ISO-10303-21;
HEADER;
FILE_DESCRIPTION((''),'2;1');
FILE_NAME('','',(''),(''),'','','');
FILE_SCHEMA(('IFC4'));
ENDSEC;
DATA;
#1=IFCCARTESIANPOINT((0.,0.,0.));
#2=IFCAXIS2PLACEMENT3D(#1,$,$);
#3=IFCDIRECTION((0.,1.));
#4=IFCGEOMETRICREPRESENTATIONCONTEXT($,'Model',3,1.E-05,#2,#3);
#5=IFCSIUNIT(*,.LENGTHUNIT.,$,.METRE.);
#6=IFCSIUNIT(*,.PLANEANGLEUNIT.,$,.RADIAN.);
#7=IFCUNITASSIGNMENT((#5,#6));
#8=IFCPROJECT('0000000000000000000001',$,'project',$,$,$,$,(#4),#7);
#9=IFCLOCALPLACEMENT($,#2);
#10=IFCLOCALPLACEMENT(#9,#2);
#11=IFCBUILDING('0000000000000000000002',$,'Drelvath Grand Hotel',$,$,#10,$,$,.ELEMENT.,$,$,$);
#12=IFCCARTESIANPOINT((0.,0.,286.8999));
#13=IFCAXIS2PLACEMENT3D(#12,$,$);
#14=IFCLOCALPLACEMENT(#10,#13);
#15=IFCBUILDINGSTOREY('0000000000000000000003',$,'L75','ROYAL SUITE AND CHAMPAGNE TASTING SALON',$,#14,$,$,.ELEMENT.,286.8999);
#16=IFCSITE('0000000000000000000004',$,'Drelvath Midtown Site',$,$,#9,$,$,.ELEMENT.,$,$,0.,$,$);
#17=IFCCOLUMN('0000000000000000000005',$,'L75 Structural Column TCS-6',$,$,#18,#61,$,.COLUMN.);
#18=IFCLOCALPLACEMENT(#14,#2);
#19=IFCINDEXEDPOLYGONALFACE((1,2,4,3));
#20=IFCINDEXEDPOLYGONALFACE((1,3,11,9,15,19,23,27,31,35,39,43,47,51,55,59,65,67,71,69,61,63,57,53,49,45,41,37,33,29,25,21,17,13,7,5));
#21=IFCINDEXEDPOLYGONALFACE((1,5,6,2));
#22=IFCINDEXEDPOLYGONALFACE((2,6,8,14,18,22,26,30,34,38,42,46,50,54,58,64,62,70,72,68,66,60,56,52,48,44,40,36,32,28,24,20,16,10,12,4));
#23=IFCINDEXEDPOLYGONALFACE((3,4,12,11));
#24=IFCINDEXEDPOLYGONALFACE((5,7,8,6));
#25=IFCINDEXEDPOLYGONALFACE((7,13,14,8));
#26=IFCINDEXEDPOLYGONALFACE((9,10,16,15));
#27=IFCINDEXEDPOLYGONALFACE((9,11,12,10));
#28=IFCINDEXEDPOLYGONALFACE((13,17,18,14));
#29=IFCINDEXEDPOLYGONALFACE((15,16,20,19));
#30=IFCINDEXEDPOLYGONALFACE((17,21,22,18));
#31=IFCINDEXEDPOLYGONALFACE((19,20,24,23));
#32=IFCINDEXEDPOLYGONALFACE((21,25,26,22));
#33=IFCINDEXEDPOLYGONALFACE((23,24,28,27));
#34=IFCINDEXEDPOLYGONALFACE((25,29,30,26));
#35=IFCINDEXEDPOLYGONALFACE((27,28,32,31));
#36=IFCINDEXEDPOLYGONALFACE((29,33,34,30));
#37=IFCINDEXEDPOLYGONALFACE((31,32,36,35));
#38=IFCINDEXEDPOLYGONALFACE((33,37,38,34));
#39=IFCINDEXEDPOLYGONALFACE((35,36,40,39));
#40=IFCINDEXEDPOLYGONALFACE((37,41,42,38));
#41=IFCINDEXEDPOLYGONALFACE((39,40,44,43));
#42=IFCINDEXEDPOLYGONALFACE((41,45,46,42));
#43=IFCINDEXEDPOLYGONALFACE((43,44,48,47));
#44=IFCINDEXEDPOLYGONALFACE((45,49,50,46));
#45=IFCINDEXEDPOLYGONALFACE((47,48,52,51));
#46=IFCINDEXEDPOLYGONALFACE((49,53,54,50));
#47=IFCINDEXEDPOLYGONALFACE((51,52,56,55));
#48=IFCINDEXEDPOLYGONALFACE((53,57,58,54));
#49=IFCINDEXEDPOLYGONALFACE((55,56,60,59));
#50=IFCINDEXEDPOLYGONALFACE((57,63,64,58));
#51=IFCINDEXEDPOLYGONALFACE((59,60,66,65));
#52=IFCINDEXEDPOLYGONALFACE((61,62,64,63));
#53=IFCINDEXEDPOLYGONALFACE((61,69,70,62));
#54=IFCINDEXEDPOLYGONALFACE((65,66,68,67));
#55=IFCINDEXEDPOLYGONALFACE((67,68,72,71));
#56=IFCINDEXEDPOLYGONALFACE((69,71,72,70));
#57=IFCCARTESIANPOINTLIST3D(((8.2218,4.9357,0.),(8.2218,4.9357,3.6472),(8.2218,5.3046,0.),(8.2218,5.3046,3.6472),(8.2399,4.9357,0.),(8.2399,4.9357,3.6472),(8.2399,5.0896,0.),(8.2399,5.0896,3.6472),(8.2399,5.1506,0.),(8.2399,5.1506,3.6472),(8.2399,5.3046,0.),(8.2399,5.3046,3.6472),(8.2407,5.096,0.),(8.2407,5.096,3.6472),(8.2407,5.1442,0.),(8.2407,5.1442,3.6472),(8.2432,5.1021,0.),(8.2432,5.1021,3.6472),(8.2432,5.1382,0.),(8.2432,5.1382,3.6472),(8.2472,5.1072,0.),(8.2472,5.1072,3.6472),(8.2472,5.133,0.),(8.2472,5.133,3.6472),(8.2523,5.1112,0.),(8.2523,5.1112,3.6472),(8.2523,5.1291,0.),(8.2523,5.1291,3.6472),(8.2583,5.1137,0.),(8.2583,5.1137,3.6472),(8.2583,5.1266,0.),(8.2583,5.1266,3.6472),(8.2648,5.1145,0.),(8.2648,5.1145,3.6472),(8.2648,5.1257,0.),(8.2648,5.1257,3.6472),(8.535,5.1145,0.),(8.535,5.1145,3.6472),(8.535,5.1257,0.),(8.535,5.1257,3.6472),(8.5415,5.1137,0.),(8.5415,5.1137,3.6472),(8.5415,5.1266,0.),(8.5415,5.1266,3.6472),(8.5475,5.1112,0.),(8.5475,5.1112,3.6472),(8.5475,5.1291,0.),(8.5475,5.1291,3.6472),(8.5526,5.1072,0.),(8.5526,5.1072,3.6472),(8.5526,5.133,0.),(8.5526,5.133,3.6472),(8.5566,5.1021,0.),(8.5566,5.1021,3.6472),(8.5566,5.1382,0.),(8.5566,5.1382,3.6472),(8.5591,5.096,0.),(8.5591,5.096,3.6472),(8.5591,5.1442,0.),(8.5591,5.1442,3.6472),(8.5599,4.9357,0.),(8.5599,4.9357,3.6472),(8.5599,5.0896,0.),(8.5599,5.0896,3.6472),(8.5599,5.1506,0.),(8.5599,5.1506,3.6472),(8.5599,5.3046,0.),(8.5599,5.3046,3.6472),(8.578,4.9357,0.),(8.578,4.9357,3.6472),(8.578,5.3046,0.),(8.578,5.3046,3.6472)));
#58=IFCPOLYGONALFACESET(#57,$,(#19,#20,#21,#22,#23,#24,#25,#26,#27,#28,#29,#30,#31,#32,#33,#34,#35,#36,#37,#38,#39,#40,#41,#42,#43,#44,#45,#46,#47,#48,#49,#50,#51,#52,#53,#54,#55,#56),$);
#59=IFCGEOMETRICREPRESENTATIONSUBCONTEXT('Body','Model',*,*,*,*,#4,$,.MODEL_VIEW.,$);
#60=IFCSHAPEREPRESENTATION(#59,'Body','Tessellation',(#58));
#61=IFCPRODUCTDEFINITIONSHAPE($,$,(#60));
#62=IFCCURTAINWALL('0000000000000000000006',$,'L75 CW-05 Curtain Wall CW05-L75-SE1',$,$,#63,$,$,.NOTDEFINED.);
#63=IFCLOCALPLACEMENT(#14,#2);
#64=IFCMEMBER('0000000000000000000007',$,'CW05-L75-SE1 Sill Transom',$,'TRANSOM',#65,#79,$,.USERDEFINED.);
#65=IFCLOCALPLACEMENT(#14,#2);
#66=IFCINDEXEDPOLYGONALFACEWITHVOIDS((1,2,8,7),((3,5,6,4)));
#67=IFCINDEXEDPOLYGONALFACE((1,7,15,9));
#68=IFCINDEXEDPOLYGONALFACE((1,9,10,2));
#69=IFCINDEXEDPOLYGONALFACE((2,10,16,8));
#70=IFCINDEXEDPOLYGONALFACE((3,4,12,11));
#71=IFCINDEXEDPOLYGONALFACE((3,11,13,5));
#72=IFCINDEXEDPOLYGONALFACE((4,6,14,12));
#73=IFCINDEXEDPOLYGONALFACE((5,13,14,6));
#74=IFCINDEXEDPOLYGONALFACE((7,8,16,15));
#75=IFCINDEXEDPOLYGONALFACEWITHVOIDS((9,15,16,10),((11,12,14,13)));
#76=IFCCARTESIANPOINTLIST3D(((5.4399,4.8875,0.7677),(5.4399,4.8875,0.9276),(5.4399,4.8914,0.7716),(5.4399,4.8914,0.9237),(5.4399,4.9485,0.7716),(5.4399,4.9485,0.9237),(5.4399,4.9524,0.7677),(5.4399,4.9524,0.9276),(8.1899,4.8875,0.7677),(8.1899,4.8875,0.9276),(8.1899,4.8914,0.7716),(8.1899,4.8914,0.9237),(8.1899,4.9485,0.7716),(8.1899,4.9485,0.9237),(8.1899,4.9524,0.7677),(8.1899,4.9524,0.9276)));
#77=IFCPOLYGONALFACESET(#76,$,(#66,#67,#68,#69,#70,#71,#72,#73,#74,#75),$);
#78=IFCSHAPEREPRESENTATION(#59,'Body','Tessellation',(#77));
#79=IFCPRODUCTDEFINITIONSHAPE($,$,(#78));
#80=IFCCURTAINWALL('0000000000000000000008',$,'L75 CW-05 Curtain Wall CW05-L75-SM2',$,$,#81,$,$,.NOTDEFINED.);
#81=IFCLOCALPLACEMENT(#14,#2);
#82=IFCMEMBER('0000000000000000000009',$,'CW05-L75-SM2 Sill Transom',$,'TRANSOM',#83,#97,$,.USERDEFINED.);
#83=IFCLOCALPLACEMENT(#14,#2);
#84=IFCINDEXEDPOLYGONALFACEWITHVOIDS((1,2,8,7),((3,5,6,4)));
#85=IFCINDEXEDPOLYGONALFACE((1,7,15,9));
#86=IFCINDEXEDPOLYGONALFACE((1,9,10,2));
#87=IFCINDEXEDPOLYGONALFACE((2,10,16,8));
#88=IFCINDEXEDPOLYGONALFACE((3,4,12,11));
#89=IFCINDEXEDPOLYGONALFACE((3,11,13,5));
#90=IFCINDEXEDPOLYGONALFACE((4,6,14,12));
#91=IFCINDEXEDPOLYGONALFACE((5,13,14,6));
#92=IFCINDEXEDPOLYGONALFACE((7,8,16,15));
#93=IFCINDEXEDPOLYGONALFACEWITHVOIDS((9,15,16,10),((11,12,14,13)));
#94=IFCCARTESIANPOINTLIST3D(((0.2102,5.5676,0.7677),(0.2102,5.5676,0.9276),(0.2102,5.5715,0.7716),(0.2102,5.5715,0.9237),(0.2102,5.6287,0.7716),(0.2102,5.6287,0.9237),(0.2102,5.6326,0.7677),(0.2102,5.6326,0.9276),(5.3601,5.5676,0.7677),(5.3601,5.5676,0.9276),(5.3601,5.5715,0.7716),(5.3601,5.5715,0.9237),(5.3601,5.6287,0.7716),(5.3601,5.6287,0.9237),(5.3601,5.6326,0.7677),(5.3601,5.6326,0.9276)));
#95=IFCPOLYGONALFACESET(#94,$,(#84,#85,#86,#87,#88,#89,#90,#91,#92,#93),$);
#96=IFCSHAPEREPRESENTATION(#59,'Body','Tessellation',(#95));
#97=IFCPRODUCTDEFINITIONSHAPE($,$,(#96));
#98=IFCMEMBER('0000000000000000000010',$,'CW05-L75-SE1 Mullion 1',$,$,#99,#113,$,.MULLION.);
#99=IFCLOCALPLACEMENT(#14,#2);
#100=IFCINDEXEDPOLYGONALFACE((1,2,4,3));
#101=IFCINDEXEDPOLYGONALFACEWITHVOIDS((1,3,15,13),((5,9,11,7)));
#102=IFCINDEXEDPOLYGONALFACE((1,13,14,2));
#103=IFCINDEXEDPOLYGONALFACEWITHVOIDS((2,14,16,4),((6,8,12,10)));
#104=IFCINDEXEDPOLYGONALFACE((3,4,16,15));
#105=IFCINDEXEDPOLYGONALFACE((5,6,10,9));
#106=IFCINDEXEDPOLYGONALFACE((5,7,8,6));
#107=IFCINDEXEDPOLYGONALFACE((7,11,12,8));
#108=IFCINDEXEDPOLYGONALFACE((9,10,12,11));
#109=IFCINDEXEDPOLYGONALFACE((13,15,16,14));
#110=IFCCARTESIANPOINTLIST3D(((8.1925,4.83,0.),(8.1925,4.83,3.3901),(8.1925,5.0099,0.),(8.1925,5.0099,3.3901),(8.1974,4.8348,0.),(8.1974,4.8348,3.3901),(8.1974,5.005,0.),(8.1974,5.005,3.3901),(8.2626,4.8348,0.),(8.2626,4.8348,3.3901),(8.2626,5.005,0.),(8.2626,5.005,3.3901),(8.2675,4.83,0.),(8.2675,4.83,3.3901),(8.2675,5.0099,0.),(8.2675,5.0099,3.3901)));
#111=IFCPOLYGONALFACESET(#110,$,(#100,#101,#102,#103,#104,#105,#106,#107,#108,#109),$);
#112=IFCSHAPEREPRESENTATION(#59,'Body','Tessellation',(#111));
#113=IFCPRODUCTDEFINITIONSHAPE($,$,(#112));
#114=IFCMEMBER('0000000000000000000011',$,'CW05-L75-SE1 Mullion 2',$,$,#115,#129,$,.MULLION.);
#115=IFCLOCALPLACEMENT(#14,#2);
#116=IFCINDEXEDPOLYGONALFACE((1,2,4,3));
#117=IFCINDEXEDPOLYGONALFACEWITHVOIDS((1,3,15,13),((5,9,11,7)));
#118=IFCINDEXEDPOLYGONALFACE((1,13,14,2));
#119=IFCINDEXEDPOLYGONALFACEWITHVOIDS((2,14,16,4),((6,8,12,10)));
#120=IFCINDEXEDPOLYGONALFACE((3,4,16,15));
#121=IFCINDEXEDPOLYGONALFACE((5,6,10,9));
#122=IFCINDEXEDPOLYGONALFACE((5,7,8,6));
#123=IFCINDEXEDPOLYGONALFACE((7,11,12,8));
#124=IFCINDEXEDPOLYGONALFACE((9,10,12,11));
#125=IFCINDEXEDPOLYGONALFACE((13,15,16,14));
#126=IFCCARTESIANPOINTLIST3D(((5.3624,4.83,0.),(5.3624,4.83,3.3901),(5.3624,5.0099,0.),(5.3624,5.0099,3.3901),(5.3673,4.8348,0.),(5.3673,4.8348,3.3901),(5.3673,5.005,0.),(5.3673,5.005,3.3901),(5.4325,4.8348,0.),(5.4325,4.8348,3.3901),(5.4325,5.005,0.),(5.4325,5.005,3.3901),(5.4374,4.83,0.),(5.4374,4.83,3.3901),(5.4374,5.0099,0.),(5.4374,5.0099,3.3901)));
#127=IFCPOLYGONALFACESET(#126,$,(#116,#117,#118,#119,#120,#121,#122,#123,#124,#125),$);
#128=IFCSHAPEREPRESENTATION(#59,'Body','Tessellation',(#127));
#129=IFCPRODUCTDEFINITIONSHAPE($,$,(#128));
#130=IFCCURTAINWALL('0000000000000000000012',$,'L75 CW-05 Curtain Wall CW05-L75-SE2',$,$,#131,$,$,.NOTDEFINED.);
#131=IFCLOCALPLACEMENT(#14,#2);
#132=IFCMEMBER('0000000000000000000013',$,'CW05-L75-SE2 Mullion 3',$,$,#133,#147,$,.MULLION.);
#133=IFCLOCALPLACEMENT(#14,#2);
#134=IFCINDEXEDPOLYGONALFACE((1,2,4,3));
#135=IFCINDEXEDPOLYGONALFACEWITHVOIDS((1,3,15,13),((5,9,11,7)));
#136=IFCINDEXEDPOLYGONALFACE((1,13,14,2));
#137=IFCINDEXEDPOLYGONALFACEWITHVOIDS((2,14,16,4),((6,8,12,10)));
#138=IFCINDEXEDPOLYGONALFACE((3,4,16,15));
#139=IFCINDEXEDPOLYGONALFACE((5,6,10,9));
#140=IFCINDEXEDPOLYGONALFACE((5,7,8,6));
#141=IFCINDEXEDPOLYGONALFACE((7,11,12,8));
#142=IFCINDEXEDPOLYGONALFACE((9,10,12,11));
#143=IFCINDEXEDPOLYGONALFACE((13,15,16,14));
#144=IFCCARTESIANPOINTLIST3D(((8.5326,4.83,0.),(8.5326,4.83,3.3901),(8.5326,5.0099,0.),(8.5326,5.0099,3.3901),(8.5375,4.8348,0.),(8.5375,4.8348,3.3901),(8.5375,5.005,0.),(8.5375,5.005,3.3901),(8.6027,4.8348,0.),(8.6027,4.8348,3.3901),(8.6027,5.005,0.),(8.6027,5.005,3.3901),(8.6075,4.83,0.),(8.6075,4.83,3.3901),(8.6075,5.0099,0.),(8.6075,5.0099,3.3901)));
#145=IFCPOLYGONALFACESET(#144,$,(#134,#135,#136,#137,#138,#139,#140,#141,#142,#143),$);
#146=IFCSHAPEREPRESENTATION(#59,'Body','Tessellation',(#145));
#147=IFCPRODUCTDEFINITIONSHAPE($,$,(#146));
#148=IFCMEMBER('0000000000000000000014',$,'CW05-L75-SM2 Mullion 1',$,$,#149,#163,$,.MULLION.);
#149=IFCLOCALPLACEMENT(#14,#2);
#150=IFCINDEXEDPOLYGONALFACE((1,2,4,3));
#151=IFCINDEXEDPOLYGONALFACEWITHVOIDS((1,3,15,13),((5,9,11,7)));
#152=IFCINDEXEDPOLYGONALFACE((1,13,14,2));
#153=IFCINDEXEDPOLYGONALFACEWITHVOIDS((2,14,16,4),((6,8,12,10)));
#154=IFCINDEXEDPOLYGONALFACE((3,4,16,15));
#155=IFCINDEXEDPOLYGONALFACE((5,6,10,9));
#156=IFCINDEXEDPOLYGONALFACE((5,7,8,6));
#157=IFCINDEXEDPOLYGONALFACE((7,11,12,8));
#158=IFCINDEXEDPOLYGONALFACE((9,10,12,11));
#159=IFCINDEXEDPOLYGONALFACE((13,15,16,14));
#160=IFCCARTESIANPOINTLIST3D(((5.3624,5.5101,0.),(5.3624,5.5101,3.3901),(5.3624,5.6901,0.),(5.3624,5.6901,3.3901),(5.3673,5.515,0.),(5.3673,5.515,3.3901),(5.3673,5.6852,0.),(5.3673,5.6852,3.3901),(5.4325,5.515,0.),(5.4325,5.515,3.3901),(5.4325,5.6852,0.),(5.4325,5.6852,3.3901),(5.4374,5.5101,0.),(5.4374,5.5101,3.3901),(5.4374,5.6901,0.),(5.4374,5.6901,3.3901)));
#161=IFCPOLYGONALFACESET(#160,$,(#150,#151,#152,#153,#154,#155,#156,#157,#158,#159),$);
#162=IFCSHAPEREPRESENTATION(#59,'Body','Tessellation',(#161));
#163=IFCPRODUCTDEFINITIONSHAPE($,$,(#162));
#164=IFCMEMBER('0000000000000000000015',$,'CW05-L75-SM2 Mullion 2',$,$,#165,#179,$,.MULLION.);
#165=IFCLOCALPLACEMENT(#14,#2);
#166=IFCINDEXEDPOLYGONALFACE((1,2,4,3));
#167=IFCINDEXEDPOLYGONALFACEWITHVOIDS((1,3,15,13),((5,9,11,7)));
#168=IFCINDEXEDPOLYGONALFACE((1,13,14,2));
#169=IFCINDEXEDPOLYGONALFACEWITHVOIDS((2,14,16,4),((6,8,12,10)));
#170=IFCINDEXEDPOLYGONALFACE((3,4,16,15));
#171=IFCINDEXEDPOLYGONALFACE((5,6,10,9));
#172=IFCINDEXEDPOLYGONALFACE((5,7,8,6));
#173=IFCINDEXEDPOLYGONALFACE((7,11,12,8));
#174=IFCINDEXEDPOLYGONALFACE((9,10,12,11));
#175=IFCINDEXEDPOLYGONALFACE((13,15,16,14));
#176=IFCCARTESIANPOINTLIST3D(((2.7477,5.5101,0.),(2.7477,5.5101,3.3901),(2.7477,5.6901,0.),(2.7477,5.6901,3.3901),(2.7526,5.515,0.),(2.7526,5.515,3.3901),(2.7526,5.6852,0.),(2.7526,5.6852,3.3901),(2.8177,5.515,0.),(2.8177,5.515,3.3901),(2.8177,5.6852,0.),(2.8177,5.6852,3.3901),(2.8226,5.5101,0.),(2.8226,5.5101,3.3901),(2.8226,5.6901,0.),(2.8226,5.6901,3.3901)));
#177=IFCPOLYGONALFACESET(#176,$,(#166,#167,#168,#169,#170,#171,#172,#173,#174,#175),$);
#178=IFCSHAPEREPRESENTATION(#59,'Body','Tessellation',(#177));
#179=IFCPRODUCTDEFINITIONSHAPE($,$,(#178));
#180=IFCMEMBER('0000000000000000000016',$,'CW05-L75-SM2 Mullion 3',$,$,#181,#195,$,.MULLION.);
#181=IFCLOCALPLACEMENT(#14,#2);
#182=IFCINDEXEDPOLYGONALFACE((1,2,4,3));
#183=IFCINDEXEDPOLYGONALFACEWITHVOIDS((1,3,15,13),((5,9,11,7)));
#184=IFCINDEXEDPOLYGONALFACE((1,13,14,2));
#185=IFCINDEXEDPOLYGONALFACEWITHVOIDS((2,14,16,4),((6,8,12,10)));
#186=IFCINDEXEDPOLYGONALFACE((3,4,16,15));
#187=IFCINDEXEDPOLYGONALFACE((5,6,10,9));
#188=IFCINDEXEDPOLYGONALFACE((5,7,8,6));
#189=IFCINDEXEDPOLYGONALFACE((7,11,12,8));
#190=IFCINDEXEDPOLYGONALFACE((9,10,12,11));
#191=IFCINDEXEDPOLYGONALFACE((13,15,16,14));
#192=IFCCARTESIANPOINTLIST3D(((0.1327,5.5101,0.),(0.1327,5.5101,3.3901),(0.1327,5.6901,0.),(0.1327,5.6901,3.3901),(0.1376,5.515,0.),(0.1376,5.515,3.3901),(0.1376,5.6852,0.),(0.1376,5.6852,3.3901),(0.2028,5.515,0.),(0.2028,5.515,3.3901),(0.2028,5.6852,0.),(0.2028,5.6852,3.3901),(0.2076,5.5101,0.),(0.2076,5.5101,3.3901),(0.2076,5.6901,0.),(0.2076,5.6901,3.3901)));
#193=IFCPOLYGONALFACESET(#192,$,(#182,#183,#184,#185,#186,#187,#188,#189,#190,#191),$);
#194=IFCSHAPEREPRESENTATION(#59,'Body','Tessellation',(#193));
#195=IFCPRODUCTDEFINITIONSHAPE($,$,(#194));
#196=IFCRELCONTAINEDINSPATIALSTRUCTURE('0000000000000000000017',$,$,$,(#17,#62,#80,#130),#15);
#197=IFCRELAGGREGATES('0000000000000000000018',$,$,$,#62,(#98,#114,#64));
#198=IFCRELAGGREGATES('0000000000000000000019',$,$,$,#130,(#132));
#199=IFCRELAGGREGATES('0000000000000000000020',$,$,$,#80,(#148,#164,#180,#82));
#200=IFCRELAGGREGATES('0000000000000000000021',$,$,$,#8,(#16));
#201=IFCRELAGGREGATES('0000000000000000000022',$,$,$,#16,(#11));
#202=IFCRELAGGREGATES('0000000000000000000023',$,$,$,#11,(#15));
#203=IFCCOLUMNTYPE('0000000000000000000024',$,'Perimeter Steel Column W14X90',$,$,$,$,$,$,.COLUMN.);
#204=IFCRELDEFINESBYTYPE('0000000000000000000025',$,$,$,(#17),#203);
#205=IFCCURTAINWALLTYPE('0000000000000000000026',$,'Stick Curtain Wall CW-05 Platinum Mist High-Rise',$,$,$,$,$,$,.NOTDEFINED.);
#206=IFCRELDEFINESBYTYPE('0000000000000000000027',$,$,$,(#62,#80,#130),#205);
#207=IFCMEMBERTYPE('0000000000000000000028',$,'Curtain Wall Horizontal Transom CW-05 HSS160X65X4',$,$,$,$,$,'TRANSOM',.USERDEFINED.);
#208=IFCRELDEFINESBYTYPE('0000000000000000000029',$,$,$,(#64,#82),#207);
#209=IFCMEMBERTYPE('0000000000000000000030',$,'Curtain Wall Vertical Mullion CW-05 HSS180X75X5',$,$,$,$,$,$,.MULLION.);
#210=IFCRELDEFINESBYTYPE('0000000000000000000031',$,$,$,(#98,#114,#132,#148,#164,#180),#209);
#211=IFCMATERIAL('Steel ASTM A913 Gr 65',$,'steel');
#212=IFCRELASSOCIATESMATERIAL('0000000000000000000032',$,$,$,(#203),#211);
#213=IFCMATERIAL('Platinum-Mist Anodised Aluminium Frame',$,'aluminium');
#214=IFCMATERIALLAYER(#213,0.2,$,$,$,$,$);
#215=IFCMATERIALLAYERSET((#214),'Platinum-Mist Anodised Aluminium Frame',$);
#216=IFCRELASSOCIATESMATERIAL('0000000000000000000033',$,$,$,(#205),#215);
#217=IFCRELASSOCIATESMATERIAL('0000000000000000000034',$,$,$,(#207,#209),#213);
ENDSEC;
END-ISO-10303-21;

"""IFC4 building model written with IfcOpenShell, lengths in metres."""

from ifc_helpers import new_model, si_unit, direction, frame, origin, origin_2d, place, context, subcontext, project, spatial, hollow_rectangle, i_section, extrude, material, layer, layer_set, material_profile, profile_set, type_object, element, aggregate, save


model = new_model("IFC4")

# Units and contexts
model_context = context("Model", 3, precision=1e-05, world=origin(), true_north=direction((0.0, 1.0)))
body_context = subcontext(model_context, "Body", "Model", "MODEL_VIEW")
ifc_project = project(units=[si_unit("LENGTHUNIT", "METRE"), si_unit("PLANEANGLEUNIT", "RADIAN")], contexts=[model_context])

# Site, building, storey
site_placement = place(None, origin())
site = spatial("IfcSite", under=ifc_project, at=site_placement, Name="Drelvath Midtown Site", CompositionType="ELEMENT", RefElevation=0.0)
building_placement = place(site_placement, origin())
building = spatial("IfcBuilding", under=site, at=building_placement, Name="Drelvath Grand Hotel", CompositionType="ELEMENT")
storey_placement = place(building_placement, frame((0.0, 0.0, 286.8999)))
storey = spatial("IfcBuildingStorey", under=building, at=storey_placement, Name="L75", Description="ROYAL SUITE AND CHAMPAGNE TASTING SALON", CompositionType="ELEMENT", Elevation=286.8999)

# Column
ifc_material_1 = material(Name="Steel ASTM A913 Gr 65", Category="steel")
ifc_material_profile_1 = material_profile(ifc_material_1, i_section(OverallWidth=0.3689, OverallDepth=0.3562, WebThickness=0.0112, FlangeThickness=0.0181, FilletRadius=0.0249, at=origin_2d()), Name="W14X90")
ifc_profile_set_1 = profile_set([ifc_material_profile_1], Name="Steel ASTM A913 Gr 65")
column_type = type_object("IfcColumnType", Name="Perimeter Steel Column W14X90", PredefinedType="COLUMN", material=ifc_profile_set_1)
column_placement = place(storey_placement, frame((8.3999, 5.1201, 0.0), z_axis=(0.0, 0.0, 1.0), x_axis=(0.0, 1.0, 0.0)))
element("IfcColumn", 1, at=column_placement, inside=storey, type_object=column_type, Name="L75 Structural Column TCS-6", PredefinedType="COLUMN", context=body_context, shape_type="SweptSolid", body=[
    extrude(i_section(OverallWidth=0.3689, OverallDepth=0.3562, WebThickness=0.0112, FlangeThickness=0.0181, FilletRadius=0.0249, at=origin_2d()), origin(), (0.0, 0.0, 1.0), 3.6472),
])

# Curtain walls, members
ifc_material_2 = material(Name="Platinum-Mist Anodised Aluminium Frame", Category="aluminium")
ifc_layer_1 = layer(ifc_material_2, 0.2)
ifc_layer_set_1 = layer_set([ifc_layer_1], Name="Platinum-Mist Anodised Aluminium Frame")
curtain_wall_type = type_object("IfcCurtainWallType", Name="Stick Curtain Wall CW-05 Platinum Mist High-Rise", PredefinedType="NOTDEFINED", material=ifc_layer_set_1)
curtain_wall_1_placement = place(storey_placement, origin())
curtain_wall_1 = element("IfcCurtainWall", 2, at=curtain_wall_1_placement, inside=storey, type_object=curtain_wall_type, Name="L75 CW-05 Curtain Wall CW05-L75-SE1", PredefinedType="NOTDEFINED")
ifc_material_profile_2 = material_profile(ifc_material_2, hollow_rectangle(XDim=0.0649, YDim=0.1599, WallThickness=0.0039, at=origin_2d()), Name="HSS160X65X4")
ifc_profile_set_2 = profile_set([ifc_material_profile_2], Name="Platinum-Mist Anodised Aluminium Frame")
member_type_1 = type_object("IfcMemberType", Name="Curtain Wall Horizontal Transom CW-05 HSS160X65X4", ElementType="TRANSOM", PredefinedType="USERDEFINED", material=ifc_profile_set_2)
member_1_placement = place(storey_placement, frame((8.1899, 4.9199, 0.8477), z_axis=(-1.0, 0.0, 0.0), x_axis=(0.0, -1.0, 0.0)))
member_1 = element("IfcMember", 3, at=member_1_placement, type_object=member_type_1, Name="CW05-L75-SE1 Sill Transom", ObjectType="TRANSOM", PredefinedType="USERDEFINED", context=body_context, shape_type="SweptSolid", body=[
    extrude(hollow_rectangle(XDim=0.0649, YDim=0.1599, WallThickness=0.0039, at=origin_2d()), origin(), (0.0, 0.0, 1.0), 2.75),
])
curtain_wall_2_placement = place(storey_placement, origin())
curtain_wall_2 = element("IfcCurtainWall", 4, at=curtain_wall_2_placement, inside=storey, type_object=curtain_wall_type, Name="L75 CW-05 Curtain Wall CW05-L75-SM2", PredefinedType="NOTDEFINED")
member_2_placement = place(storey_placement, frame((5.3601, 5.6001, 0.8477), z_axis=(-1.0, 0.0, 0.0), x_axis=(0.0, -1.0, 0.0)))
member_2 = element("IfcMember", 5, at=member_2_placement, type_object=member_type_1, Name="CW05-L75-SM2 Sill Transom", ObjectType="TRANSOM", PredefinedType="USERDEFINED", context=body_context, shape_type="SweptSolid", body=[
    extrude(hollow_rectangle(XDim=0.0649, YDim=0.1599, WallThickness=0.0039, at=origin_2d()), origin(), (0.0, 0.0, 1.0), 5.1499),
])

# Members
ifc_material_profile_3 = material_profile(ifc_material_2, hollow_rectangle(XDim=0.075, YDim=0.1799, WallThickness=0.0049, at=origin_2d()), Name="HSS180X75X5")
ifc_profile_set_3 = profile_set([ifc_material_profile_3], Name="Platinum-Mist Anodised Aluminium Frame")
member_type_2 = type_object("IfcMemberType", Name="Curtain Wall Vertical Mullion CW-05 HSS180X75X5", PredefinedType="MULLION", material=ifc_profile_set_3)
member_3_placement = place(storey_placement, frame((8.23, 4.9199, 0.0), z_axis=(0.0, 0.0, 1.0), x_axis=(1.0, 0.0, 0.0)))
member_3 = element("IfcMember", 6, at=member_3_placement, type_object=member_type_2, Name="CW05-L75-SE1 Mullion 1", PredefinedType="MULLION", context=body_context, shape_type="SweptSolid", body=[
    extrude(hollow_rectangle(XDim=0.075, YDim=0.1799, WallThickness=0.0049, at=origin_2d()), origin(), (0.0, 0.0, 1.0), 3.3901),
])
member_4_placement = place(storey_placement, frame((5.3999, 4.9199, 0.0), z_axis=(0.0, 0.0, 1.0), x_axis=(1.0, 0.0, 0.0)))
member_4 = element("IfcMember", 7, at=member_4_placement, type_object=member_type_2, Name="CW05-L75-SE1 Mullion 2", PredefinedType="MULLION", context=body_context, shape_type="SweptSolid", body=[
    extrude(hollow_rectangle(XDim=0.075, YDim=0.1799, WallThickness=0.0049, at=origin_2d()), origin(), (0.0, 0.0, 1.0), 3.3901),
])

# Curtain wall, member
curtain_wall_3_placement = place(storey_placement, origin())
curtain_wall_3 = element("IfcCurtainWall", 8, at=curtain_wall_3_placement, inside=storey, type_object=curtain_wall_type, Name="L75 CW-05 Curtain Wall CW05-L75-SE2", PredefinedType="NOTDEFINED")
member_5_placement = place(storey_placement, frame((8.5701, 4.9199, 0.0), z_axis=(0.0, 0.0, 1.0), x_axis=(1.0, 0.0, 0.0)))
member_5 = element("IfcMember", 9, at=member_5_placement, type_object=member_type_2, Name="CW05-L75-SE2 Mullion 3", PredefinedType="MULLION", context=body_context, shape_type="SweptSolid", body=[
    extrude(hollow_rectangle(XDim=0.075, YDim=0.1799, WallThickness=0.0049, at=origin_2d()), origin(), (0.0, 0.0, 1.0), 3.3901),
])

# Members
member_6_placement = place(storey_placement, frame((5.3999, 5.6001, 0.0), z_axis=(0.0, 0.0, 1.0), x_axis=(1.0, 0.0, 0.0)))
member_6 = element("IfcMember", 10, at=member_6_placement, type_object=member_type_2, Name="CW05-L75-SM2 Mullion 1", PredefinedType="MULLION", context=body_context, shape_type="SweptSolid", body=[
    extrude(hollow_rectangle(XDim=0.075, YDim=0.1799, WallThickness=0.0049, at=origin_2d()), origin(), (0.0, 0.0, 1.0), 3.3901),
])
member_7_placement = place(storey_placement, frame((2.7852, 5.6001, 0.0), z_axis=(0.0, 0.0, 1.0), x_axis=(1.0, 0.0, 0.0)))
member_7 = element("IfcMember", 11, at=member_7_placement, type_object=member_type_2, Name="CW05-L75-SM2 Mullion 2", PredefinedType="MULLION", context=body_context, shape_type="SweptSolid", body=[
    extrude(hollow_rectangle(XDim=0.075, YDim=0.1799, WallThickness=0.0049, at=origin_2d()), origin(), (0.0, 0.0, 1.0), 3.3901),
])
member_8_placement = place(storey_placement, frame((0.1702, 5.6001, 0.0), z_axis=(0.0, 0.0, 1.0), x_axis=(1.0, 0.0, 0.0)))
member_8 = element("IfcMember", 12, at=member_8_placement, type_object=member_type_2, Name="CW05-L75-SM2 Mullion 3", PredefinedType="MULLION", context=body_context, shape_type="SweptSolid", body=[
    extrude(hollow_rectangle(XDim=0.075, YDim=0.1799, WallThickness=0.0049, at=origin_2d()), origin(), (0.0, 0.0, 1.0), 3.3901),
])

aggregate(curtain_wall_1, [member_3, member_4, member_1])
aggregate(curtain_wall_3, [member_5])
aggregate(curtain_wall_2, [member_6, member_7, member_8, member_2])

save(model, "model.ifc")
